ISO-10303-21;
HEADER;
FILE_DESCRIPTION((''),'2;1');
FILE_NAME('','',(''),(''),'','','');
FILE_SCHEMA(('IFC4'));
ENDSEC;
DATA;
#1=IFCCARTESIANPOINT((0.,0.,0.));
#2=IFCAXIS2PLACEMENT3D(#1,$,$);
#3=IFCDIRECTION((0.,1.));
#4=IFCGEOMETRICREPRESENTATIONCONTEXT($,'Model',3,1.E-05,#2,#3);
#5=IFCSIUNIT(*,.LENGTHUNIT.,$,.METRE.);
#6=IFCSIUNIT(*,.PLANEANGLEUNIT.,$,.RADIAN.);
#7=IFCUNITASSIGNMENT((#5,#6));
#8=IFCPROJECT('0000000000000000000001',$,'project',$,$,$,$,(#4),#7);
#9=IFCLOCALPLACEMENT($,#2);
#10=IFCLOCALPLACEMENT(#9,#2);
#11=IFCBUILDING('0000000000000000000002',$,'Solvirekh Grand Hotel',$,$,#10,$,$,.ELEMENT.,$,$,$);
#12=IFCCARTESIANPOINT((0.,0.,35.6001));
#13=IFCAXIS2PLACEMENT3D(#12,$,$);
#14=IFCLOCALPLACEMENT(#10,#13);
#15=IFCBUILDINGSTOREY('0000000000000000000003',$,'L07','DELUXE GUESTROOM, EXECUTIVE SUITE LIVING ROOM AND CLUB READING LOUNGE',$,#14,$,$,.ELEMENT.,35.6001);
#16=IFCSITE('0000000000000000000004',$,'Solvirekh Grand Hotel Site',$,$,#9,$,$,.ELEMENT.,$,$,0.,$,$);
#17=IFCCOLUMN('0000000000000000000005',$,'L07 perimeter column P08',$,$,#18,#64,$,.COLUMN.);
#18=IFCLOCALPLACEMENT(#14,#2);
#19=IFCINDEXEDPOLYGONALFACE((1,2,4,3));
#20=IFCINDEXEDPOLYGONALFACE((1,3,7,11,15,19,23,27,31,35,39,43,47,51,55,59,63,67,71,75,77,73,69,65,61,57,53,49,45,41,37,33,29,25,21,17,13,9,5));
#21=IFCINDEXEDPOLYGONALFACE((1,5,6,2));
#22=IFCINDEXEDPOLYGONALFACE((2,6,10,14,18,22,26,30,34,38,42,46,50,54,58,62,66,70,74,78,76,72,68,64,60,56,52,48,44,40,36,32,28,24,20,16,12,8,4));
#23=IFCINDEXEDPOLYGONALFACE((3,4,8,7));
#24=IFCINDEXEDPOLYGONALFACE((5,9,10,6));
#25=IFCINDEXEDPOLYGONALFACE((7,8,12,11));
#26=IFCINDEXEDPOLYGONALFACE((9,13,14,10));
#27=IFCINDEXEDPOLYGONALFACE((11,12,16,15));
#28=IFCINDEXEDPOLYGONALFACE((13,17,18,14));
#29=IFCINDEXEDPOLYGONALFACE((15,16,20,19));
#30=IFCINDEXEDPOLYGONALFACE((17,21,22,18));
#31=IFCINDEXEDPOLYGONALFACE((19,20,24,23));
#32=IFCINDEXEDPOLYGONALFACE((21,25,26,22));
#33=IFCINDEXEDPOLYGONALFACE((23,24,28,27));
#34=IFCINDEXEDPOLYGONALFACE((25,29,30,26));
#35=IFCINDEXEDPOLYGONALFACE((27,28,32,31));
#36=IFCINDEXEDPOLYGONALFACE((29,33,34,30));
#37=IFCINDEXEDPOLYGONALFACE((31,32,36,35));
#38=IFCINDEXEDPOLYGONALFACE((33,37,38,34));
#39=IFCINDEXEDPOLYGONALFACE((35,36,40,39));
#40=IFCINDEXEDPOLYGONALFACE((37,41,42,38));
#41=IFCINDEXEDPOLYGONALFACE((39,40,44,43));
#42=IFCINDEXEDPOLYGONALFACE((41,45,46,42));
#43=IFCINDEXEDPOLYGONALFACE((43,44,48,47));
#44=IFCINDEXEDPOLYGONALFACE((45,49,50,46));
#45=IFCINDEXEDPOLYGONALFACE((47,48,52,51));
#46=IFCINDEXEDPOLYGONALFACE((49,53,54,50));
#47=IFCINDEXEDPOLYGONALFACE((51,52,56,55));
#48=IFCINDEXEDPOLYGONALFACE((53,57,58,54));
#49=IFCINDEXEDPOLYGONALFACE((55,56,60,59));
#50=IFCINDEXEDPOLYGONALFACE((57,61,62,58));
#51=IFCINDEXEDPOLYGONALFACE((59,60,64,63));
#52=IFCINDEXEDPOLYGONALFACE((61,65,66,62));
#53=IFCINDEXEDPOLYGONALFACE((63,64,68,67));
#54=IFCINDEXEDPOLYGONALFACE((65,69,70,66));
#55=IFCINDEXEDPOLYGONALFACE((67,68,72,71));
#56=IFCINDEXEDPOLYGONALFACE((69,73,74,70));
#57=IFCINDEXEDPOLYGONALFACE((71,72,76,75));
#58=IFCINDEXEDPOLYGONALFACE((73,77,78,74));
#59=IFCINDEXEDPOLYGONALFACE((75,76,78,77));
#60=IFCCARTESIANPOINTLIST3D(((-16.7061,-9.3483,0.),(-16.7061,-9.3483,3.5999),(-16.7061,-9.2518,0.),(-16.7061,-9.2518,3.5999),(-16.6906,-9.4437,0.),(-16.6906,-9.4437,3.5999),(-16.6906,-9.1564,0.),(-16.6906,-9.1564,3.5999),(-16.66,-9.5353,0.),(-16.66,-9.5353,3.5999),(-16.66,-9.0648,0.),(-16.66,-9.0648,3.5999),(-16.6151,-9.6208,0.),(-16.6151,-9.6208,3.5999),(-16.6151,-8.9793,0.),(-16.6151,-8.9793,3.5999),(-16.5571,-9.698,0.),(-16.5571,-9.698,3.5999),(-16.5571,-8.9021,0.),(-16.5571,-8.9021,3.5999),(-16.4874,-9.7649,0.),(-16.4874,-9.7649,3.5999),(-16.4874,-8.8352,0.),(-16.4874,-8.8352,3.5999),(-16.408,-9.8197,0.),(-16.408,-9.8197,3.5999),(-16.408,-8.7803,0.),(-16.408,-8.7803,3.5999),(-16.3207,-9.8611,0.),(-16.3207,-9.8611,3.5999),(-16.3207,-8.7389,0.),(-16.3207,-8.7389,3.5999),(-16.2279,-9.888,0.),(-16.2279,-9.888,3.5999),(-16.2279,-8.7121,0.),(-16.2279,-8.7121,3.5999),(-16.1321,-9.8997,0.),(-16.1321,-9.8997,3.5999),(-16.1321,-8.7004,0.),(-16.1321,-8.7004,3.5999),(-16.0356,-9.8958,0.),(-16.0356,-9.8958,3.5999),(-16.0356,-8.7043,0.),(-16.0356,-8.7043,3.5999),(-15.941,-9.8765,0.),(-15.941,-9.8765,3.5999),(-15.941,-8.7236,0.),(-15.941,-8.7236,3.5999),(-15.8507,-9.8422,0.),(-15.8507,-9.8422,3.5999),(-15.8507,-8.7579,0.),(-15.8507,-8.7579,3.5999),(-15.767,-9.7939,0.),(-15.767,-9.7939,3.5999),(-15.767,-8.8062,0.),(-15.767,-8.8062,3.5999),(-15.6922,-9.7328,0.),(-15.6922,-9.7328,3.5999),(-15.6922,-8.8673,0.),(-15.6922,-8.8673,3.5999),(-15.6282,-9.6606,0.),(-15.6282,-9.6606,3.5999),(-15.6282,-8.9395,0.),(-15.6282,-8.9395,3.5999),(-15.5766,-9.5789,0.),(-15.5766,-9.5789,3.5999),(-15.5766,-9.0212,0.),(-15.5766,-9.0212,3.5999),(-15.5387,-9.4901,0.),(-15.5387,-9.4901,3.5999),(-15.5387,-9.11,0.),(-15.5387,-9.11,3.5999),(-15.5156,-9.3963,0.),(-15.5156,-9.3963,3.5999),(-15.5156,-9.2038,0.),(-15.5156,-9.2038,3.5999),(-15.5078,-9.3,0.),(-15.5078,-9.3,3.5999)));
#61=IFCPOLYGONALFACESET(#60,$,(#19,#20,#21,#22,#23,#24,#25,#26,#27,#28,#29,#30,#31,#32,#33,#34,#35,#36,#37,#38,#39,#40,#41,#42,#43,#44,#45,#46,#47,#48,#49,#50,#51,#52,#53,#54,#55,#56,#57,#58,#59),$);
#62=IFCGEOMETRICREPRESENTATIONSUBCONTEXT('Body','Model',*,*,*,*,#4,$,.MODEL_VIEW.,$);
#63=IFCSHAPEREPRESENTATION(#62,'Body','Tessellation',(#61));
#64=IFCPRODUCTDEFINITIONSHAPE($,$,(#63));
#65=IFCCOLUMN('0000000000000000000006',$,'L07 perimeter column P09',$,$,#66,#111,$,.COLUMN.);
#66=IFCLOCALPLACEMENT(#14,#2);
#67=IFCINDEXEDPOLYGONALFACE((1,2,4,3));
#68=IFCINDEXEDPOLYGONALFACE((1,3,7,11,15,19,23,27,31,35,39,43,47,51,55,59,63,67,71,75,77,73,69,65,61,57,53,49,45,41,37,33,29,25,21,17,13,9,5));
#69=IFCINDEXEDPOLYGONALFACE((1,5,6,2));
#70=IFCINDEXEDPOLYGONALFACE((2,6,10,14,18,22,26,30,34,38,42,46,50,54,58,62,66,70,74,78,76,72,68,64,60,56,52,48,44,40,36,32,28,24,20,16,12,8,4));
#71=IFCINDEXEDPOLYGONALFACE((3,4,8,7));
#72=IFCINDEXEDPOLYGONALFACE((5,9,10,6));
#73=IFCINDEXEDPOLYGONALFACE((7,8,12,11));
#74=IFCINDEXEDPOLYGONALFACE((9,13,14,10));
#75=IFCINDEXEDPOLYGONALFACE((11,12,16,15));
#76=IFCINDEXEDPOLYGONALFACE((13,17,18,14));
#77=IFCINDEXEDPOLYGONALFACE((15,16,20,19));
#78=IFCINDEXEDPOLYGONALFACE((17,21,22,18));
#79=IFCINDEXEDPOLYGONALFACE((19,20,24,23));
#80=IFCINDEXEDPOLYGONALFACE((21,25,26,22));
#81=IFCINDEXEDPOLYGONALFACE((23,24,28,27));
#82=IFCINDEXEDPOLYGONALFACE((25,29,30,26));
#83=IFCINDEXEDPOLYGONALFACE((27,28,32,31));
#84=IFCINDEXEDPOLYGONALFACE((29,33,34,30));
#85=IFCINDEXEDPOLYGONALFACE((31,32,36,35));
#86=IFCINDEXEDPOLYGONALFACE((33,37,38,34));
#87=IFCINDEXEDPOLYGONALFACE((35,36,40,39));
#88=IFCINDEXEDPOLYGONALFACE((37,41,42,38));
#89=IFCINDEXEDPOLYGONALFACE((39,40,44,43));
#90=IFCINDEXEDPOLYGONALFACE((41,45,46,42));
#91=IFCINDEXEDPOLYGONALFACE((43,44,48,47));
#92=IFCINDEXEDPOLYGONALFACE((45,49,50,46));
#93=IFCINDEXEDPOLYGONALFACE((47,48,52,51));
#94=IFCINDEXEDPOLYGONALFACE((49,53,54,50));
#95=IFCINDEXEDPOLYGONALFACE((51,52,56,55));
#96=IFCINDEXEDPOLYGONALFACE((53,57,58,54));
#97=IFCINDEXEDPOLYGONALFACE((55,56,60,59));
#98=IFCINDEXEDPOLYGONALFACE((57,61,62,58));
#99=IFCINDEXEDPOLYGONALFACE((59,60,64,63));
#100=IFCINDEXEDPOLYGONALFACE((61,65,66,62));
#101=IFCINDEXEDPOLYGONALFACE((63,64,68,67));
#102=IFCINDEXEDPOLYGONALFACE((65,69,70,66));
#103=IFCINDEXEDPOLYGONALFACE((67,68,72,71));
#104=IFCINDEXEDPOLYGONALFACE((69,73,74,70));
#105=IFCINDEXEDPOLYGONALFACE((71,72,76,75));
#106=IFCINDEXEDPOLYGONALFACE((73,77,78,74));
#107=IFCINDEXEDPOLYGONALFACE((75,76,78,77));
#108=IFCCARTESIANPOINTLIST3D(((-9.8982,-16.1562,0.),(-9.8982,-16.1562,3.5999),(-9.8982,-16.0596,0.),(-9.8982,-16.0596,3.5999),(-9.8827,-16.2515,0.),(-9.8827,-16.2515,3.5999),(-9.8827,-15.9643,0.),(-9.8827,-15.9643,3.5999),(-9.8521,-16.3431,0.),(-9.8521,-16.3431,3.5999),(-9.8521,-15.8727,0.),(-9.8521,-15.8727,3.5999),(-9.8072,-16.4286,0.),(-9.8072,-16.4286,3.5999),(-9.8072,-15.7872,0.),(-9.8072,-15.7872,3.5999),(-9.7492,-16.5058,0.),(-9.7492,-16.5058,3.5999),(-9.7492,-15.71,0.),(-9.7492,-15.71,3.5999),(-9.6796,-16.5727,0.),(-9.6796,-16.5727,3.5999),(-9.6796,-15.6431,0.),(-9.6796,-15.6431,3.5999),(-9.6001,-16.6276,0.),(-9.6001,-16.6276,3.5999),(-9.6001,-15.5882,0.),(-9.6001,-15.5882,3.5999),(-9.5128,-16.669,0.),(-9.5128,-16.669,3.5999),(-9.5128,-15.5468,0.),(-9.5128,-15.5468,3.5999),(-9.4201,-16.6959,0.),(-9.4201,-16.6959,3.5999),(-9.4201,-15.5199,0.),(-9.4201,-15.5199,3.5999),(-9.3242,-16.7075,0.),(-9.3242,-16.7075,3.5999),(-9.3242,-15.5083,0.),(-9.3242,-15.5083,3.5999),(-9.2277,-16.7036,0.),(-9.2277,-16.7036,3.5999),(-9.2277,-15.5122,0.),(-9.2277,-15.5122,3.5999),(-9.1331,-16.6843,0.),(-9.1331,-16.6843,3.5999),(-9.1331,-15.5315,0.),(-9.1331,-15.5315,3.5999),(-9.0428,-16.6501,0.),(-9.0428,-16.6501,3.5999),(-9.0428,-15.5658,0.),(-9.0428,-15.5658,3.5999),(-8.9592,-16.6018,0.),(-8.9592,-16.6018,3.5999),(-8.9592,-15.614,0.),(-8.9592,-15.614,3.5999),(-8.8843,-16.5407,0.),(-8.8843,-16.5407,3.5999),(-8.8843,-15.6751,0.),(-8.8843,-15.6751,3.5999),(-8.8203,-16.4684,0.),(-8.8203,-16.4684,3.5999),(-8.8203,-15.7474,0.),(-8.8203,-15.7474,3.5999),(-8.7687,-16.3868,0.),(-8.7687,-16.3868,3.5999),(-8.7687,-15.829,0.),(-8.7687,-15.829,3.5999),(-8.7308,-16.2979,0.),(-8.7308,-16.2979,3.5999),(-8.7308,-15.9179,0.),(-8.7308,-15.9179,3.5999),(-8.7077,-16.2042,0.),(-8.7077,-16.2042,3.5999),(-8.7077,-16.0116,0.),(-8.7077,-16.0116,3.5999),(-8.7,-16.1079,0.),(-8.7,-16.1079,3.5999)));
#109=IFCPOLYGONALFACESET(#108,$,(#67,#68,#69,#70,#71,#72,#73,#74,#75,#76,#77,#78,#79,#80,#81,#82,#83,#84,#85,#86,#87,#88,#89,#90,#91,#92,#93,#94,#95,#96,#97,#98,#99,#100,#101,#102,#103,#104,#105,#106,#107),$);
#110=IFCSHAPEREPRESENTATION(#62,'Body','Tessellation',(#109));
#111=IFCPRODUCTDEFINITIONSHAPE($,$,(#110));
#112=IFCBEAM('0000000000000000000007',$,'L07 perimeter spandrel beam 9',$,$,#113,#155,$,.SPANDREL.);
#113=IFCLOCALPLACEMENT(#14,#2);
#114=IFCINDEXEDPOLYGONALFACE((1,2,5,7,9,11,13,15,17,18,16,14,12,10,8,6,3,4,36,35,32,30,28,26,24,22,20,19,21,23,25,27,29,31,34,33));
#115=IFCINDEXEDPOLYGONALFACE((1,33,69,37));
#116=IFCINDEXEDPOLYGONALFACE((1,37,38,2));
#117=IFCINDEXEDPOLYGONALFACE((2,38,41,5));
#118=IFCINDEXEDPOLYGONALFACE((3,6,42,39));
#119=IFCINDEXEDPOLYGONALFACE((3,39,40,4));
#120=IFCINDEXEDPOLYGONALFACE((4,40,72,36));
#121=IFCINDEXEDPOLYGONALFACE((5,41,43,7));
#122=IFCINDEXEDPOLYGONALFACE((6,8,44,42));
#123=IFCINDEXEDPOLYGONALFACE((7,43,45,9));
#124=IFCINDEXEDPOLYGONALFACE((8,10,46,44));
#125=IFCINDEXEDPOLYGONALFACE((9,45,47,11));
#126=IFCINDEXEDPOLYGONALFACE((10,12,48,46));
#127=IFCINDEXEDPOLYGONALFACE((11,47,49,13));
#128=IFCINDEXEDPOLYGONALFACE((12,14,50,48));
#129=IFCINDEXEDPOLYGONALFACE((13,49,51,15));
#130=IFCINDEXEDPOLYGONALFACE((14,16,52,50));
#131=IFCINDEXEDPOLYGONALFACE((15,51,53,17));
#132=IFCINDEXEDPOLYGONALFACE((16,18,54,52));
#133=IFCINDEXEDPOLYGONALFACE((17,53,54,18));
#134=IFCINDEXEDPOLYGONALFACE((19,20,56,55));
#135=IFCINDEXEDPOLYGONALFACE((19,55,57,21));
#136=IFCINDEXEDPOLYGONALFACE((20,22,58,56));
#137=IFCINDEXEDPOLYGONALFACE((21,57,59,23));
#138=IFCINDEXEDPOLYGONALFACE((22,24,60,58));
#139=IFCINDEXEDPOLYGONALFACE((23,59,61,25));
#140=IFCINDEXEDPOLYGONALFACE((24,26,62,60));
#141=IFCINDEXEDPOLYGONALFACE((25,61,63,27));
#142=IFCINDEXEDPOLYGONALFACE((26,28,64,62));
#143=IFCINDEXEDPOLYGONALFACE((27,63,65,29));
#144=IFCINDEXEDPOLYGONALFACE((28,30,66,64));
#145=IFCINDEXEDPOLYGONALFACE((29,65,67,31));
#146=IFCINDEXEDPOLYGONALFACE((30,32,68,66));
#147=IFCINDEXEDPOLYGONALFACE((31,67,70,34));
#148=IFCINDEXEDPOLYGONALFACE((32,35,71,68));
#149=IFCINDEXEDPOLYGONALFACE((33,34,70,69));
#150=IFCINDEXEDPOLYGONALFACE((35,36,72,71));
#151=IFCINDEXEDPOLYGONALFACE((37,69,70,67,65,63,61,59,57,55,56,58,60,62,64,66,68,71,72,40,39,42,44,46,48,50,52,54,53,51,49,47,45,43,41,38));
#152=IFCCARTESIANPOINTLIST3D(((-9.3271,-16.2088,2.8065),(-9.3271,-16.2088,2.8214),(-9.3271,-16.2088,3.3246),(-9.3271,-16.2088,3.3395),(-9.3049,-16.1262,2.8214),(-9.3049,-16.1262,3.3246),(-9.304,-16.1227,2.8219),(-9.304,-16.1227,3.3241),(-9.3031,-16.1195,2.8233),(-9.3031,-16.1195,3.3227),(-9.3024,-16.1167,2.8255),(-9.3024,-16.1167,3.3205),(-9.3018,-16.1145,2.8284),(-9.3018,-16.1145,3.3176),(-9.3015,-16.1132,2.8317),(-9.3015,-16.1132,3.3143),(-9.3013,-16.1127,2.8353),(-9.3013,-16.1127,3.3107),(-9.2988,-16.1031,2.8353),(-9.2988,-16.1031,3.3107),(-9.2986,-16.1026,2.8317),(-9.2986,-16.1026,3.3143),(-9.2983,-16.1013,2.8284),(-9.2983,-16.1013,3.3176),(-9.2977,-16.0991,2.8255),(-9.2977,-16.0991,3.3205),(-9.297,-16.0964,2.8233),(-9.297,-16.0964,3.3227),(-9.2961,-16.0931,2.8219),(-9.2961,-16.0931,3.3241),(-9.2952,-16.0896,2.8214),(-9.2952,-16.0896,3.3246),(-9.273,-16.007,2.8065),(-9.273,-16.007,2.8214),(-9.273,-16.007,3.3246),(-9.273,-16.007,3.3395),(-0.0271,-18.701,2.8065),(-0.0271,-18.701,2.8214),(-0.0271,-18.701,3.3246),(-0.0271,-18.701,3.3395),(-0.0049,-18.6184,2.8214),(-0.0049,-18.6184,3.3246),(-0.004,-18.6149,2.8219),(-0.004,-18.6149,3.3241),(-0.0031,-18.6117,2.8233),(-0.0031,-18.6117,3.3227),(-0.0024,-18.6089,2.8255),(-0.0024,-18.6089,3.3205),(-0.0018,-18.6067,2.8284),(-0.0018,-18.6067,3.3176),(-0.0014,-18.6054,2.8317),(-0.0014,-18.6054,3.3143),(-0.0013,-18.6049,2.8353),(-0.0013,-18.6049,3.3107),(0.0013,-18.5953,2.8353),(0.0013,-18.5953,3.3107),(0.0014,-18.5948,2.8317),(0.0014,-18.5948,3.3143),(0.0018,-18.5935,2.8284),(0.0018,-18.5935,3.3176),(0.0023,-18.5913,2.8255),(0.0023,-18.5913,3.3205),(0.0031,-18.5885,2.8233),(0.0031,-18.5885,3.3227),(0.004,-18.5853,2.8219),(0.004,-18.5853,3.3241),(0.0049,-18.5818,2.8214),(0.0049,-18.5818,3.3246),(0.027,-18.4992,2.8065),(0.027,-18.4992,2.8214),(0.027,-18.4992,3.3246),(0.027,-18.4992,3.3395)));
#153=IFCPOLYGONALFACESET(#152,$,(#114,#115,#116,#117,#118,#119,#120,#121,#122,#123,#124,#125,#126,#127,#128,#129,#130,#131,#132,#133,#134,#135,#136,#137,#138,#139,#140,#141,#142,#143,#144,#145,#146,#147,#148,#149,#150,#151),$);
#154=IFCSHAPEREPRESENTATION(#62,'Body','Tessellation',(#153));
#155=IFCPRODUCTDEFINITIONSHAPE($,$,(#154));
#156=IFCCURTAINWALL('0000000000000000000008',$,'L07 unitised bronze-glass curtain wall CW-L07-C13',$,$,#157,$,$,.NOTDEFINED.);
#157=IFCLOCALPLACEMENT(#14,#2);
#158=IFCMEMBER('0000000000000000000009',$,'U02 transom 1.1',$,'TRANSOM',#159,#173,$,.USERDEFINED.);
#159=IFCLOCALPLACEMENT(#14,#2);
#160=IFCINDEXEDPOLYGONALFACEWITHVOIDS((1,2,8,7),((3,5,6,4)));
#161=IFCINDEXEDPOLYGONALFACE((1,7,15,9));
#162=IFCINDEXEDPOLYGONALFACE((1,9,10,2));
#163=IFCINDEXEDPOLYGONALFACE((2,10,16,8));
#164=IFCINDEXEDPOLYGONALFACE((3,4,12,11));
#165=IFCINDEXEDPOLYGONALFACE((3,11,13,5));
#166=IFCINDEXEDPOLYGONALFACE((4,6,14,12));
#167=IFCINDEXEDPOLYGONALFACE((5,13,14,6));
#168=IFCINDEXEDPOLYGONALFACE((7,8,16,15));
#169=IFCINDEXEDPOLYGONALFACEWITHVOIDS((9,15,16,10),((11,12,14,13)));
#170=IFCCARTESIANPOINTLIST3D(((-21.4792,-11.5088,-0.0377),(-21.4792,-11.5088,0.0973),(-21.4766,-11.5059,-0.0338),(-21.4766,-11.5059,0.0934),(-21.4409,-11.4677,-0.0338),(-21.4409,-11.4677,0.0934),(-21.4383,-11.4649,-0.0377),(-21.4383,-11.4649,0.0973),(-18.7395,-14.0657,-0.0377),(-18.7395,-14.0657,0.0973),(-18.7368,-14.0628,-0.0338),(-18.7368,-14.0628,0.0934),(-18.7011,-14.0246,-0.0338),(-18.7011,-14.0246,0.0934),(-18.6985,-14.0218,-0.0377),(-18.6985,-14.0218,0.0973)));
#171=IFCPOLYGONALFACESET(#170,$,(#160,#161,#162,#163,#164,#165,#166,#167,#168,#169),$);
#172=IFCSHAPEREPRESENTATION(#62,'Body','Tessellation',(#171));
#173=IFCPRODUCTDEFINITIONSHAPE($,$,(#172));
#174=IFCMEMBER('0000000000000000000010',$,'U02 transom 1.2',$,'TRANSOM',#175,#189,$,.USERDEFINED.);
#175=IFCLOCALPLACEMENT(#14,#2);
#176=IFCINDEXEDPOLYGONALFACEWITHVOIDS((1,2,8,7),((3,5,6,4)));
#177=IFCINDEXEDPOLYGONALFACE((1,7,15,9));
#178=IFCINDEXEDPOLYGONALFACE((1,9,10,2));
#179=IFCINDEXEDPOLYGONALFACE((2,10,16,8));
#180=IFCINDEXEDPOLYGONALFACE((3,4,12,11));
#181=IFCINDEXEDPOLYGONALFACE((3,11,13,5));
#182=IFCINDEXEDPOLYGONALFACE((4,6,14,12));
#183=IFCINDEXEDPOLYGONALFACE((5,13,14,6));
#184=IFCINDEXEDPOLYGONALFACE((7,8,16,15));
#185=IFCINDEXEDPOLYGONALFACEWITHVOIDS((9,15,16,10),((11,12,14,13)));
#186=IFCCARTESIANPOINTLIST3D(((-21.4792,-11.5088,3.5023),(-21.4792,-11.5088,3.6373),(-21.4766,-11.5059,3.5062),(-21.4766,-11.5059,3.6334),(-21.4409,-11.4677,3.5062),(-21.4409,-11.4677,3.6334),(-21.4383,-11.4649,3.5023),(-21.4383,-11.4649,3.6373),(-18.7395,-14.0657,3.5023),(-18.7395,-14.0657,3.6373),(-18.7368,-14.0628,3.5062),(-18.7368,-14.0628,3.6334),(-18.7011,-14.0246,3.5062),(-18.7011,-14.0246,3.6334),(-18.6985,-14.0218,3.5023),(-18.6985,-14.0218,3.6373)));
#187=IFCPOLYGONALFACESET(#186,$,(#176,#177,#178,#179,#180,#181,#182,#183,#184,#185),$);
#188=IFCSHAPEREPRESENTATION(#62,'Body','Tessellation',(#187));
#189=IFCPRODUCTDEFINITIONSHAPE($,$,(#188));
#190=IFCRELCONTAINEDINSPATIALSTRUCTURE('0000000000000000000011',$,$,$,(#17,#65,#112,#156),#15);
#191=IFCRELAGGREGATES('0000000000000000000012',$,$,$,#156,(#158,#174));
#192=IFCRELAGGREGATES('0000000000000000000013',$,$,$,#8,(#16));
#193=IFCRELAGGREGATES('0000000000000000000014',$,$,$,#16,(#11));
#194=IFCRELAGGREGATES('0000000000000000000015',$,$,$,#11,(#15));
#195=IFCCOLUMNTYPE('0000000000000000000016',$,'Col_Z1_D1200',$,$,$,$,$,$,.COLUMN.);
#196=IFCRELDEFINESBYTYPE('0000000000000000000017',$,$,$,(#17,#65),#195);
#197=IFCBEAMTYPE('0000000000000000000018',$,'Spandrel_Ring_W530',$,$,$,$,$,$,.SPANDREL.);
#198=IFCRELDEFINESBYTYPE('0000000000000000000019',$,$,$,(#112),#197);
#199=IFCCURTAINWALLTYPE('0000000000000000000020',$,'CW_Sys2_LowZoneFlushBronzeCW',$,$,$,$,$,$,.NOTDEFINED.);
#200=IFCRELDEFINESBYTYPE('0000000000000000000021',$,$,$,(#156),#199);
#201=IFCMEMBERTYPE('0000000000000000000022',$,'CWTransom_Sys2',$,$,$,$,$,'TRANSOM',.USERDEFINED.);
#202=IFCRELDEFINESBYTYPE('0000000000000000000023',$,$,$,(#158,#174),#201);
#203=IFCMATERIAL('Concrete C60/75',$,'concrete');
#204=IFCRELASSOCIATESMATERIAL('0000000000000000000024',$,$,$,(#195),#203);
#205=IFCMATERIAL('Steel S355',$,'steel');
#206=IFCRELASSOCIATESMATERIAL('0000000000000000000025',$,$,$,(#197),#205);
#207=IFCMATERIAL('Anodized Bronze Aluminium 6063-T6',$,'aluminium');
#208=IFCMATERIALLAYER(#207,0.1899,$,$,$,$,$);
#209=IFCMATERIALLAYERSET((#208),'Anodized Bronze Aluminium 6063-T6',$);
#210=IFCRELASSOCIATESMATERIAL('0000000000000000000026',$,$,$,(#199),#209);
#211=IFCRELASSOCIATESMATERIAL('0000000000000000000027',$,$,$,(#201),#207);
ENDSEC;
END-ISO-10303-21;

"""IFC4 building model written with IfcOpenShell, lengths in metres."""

from ifc_helpers import new_model, si_unit, direction, frame, origin, origin_2d, place, context, subcontext, project, spatial, hollow_rectangle, circle, i_section, extrude, source, transform, mapped, material, layer, layer_set, material_profile, profile_set, type_object, element, aggregate, save


model = new_model("IFC4")

# Units and contexts
model_context = context("Model", 3, precision=1e-05, world=origin(), true_north=direction((0.0, 1.0)))
body_context = subcontext(model_context, "Body", "Model", "MODEL_VIEW")
ifc_project = project(units=[si_unit("LENGTHUNIT", "METRE"), si_unit("PLANEANGLEUNIT", "RADIAN")], contexts=[model_context])

# Site, building, storey
site_placement = place(None, origin())
site = spatial("IfcSite", under=ifc_project, at=site_placement, Name="Solvirekh Grand Hotel Site", CompositionType="ELEMENT", RefElevation=0.0)
building_placement = place(site_placement, origin())
building = spatial("IfcBuilding", under=site, at=building_placement, Name="Solvirekh Grand Hotel", CompositionType="ELEMENT")
storey_placement = place(building_placement, frame((0.0, 0.0, 35.6001)))
storey = spatial("IfcBuildingStorey", under=building, at=storey_placement, Name="L07", Description="DELUXE GUESTROOM, EXECUTIVE SUITE LIVING ROOM AND CLUB READING LOUNGE", CompositionType="ELEMENT", Elevation=35.6001)

# Columns
ifc_material_1 = material(Name="Concrete C60/75", Category="concrete")
ifc_material_profile_1 = material_profile(ifc_material_1, circle(Radius=0.6001, at=origin_2d()), Name="RC CIRC D1200")
ifc_profile_set_1 = profile_set([ifc_material_profile_1], Name="Concrete C60/75")
column_type = type_object("IfcColumnType", Name="Col_Z1_D1200", PredefinedType="COLUMN", material=ifc_profile_set_1)
for number, where, z_axis, x_axis, name in (
    (1, (-16.1079, -9.3, 0.0), (0.0, 0.0, 1.0), (1.0, 0.0, 0.0), "L07 perimeter column P08"),
    (2, (-9.3, -16.1079, 0.0), (0.0, 0.0, 1.0), (1.0, 0.0, 0.0), "L07 perimeter column P09"),
):
    element("IfcColumn", number, at=place(storey_placement, frame(where, z_axis=z_axis, x_axis=x_axis)), inside=storey, type_object=column_type, Name=name, PredefinedType="COLUMN", context=body_context, shape_type="SweptSolid", body=[
        extrude(circle(Radius=0.6001, at=origin_2d()), origin(), (0.0, 0.0, 1.0), 3.5999),
    ])

# Beam
ifc_material_2 = material(Name="Steel S355", Category="steel")
ifc_material_profile_2 = material_profile(ifc_material_2, i_section(OverallWidth=0.209, OverallDepth=0.533, WebThickness=0.01, FlangeThickness=0.0149, FilletRadius=0.0139, at=origin_2d()), Name="W530X92")
ifc_profile_set_2 = profile_set([ifc_material_profile_2], Name="Steel S355")
beam_type = type_object("IfcBeamType", Name="Spandrel_Ring_W530", PredefinedType="SPANDREL", material=ifc_profile_set_2)
beam_placement = place(storey_placement, frame((-9.3, -16.1079, 3.073), z_axis=(0.965919, -0.258843, 0.0), x_axis=(0.258843, 0.965919, 0.0)))
element("IfcBeam", 3, at=beam_placement, inside=storey, type_object=beam_type, Name="L07 perimeter spandrel beam 9", PredefinedType="SPANDREL", context=body_context, shape_type="SweptSolid", body=[
    extrude(i_section(OverallWidth=0.209, OverallDepth=0.533, WebThickness=0.01, FlangeThickness=0.0149, FilletRadius=0.0139, at=origin_2d()), origin(), (0.0, 0.0, 1.0), 9.6282),
])

# Curtain wall, members
ifc_material_3 = material(Name="Anodized Bronze Aluminium 6063-T6", Category="aluminium")
ifc_layer_1 = layer(ifc_material_3, 0.1899)
ifc_layer_set_1 = layer_set([ifc_layer_1], Name="Anodized Bronze Aluminium 6063-T6")
curtain_wall_type = type_object("IfcCurtainWallType", Name="CW_Sys2_LowZoneFlushBronzeCW", PredefinedType="NOTDEFINED", material=ifc_layer_set_1)
curtain_wall_placement = place(storey_placement, origin())
curtain_wall = element("IfcCurtainWall", 4, at=curtain_wall_placement, inside=storey, type_object=curtain_wall_type, Name="L07 unitised bronze-glass curtain wall CW-L07-C13", PredefinedType="NOTDEFINED")
ifc_material_profile_3 = material_profile(ifc_material_3, hollow_rectangle(XDim=0.0601, YDim=0.135, WallThickness=0.0039, at=origin_2d()), Name="ALU RHS 135X60X4")
ifc_profile_set_3 = profile_set([ifc_material_profile_3], Name="Anodized Bronze Aluminium 6063-T6")
member_type_1 = type_object("IfcMemberType", Name="CWTransom_Sys2", ElementType="TRANSOM", PredefinedType="USERDEFINED", material=ifc_profile_set_3)
shared_shape_1 = source(origin(), body_context, "Body", "SweptSolid", [
    extrude(hollow_rectangle(XDim=0.0601, YDim=0.135, WallThickness=0.0039, at=origin_2d()), origin(), (0.0, 0.0, 1.0), 3.7476),
])
member_1_placement = place(storey_placement, frame((-21.4587, -11.4868, 0.0298), z_axis=(0.731083, -0.682288, 0.0), x_axis=(0.682288, 0.731083, 0.0)))
member_1 = element("IfcMember", 5, at=member_1_placement, type_object=member_type_1, Name="U02 transom 1.1", ObjectType="TRANSOM", PredefinedType="USERDEFINED", context=body_context, shape_type="MappedRepresentation", body=[
    mapped(shared_shape_1, transform((0.0, 0.0, 0.0), x_axis=(1.0, 0.0, 0.0), y_axis=(0.0, 1.0, 0.0), z_axis=(0.0, 0.0, 1.0), scale=1.0)),
])
member_2_placement = place(storey_placement, frame((-21.4587, -11.4868, 3.5698), z_axis=(0.731083, -0.682288, 0.0), x_axis=(0.682288, 0.731083, 0.0)))
member_2 = element("IfcMember", 6, at=member_2_placement, type_object=member_type_1, Name="U02 transom 1.2", ObjectType="TRANSOM", PredefinedType="USERDEFINED", context=body_context, shape_type="MappedRepresentation", body=[
    mapped(shared_shape_1, transform((0.0, 0.0, 0.0), x_axis=(1.0, 0.0, 0.0), y_axis=(0.0, 1.0, 0.0), z_axis=(0.0, 0.0, 1.0), scale=1.0)),
])
aggregate(curtain_wall, [member_1, member_2])

save(model, "model.ifc")
